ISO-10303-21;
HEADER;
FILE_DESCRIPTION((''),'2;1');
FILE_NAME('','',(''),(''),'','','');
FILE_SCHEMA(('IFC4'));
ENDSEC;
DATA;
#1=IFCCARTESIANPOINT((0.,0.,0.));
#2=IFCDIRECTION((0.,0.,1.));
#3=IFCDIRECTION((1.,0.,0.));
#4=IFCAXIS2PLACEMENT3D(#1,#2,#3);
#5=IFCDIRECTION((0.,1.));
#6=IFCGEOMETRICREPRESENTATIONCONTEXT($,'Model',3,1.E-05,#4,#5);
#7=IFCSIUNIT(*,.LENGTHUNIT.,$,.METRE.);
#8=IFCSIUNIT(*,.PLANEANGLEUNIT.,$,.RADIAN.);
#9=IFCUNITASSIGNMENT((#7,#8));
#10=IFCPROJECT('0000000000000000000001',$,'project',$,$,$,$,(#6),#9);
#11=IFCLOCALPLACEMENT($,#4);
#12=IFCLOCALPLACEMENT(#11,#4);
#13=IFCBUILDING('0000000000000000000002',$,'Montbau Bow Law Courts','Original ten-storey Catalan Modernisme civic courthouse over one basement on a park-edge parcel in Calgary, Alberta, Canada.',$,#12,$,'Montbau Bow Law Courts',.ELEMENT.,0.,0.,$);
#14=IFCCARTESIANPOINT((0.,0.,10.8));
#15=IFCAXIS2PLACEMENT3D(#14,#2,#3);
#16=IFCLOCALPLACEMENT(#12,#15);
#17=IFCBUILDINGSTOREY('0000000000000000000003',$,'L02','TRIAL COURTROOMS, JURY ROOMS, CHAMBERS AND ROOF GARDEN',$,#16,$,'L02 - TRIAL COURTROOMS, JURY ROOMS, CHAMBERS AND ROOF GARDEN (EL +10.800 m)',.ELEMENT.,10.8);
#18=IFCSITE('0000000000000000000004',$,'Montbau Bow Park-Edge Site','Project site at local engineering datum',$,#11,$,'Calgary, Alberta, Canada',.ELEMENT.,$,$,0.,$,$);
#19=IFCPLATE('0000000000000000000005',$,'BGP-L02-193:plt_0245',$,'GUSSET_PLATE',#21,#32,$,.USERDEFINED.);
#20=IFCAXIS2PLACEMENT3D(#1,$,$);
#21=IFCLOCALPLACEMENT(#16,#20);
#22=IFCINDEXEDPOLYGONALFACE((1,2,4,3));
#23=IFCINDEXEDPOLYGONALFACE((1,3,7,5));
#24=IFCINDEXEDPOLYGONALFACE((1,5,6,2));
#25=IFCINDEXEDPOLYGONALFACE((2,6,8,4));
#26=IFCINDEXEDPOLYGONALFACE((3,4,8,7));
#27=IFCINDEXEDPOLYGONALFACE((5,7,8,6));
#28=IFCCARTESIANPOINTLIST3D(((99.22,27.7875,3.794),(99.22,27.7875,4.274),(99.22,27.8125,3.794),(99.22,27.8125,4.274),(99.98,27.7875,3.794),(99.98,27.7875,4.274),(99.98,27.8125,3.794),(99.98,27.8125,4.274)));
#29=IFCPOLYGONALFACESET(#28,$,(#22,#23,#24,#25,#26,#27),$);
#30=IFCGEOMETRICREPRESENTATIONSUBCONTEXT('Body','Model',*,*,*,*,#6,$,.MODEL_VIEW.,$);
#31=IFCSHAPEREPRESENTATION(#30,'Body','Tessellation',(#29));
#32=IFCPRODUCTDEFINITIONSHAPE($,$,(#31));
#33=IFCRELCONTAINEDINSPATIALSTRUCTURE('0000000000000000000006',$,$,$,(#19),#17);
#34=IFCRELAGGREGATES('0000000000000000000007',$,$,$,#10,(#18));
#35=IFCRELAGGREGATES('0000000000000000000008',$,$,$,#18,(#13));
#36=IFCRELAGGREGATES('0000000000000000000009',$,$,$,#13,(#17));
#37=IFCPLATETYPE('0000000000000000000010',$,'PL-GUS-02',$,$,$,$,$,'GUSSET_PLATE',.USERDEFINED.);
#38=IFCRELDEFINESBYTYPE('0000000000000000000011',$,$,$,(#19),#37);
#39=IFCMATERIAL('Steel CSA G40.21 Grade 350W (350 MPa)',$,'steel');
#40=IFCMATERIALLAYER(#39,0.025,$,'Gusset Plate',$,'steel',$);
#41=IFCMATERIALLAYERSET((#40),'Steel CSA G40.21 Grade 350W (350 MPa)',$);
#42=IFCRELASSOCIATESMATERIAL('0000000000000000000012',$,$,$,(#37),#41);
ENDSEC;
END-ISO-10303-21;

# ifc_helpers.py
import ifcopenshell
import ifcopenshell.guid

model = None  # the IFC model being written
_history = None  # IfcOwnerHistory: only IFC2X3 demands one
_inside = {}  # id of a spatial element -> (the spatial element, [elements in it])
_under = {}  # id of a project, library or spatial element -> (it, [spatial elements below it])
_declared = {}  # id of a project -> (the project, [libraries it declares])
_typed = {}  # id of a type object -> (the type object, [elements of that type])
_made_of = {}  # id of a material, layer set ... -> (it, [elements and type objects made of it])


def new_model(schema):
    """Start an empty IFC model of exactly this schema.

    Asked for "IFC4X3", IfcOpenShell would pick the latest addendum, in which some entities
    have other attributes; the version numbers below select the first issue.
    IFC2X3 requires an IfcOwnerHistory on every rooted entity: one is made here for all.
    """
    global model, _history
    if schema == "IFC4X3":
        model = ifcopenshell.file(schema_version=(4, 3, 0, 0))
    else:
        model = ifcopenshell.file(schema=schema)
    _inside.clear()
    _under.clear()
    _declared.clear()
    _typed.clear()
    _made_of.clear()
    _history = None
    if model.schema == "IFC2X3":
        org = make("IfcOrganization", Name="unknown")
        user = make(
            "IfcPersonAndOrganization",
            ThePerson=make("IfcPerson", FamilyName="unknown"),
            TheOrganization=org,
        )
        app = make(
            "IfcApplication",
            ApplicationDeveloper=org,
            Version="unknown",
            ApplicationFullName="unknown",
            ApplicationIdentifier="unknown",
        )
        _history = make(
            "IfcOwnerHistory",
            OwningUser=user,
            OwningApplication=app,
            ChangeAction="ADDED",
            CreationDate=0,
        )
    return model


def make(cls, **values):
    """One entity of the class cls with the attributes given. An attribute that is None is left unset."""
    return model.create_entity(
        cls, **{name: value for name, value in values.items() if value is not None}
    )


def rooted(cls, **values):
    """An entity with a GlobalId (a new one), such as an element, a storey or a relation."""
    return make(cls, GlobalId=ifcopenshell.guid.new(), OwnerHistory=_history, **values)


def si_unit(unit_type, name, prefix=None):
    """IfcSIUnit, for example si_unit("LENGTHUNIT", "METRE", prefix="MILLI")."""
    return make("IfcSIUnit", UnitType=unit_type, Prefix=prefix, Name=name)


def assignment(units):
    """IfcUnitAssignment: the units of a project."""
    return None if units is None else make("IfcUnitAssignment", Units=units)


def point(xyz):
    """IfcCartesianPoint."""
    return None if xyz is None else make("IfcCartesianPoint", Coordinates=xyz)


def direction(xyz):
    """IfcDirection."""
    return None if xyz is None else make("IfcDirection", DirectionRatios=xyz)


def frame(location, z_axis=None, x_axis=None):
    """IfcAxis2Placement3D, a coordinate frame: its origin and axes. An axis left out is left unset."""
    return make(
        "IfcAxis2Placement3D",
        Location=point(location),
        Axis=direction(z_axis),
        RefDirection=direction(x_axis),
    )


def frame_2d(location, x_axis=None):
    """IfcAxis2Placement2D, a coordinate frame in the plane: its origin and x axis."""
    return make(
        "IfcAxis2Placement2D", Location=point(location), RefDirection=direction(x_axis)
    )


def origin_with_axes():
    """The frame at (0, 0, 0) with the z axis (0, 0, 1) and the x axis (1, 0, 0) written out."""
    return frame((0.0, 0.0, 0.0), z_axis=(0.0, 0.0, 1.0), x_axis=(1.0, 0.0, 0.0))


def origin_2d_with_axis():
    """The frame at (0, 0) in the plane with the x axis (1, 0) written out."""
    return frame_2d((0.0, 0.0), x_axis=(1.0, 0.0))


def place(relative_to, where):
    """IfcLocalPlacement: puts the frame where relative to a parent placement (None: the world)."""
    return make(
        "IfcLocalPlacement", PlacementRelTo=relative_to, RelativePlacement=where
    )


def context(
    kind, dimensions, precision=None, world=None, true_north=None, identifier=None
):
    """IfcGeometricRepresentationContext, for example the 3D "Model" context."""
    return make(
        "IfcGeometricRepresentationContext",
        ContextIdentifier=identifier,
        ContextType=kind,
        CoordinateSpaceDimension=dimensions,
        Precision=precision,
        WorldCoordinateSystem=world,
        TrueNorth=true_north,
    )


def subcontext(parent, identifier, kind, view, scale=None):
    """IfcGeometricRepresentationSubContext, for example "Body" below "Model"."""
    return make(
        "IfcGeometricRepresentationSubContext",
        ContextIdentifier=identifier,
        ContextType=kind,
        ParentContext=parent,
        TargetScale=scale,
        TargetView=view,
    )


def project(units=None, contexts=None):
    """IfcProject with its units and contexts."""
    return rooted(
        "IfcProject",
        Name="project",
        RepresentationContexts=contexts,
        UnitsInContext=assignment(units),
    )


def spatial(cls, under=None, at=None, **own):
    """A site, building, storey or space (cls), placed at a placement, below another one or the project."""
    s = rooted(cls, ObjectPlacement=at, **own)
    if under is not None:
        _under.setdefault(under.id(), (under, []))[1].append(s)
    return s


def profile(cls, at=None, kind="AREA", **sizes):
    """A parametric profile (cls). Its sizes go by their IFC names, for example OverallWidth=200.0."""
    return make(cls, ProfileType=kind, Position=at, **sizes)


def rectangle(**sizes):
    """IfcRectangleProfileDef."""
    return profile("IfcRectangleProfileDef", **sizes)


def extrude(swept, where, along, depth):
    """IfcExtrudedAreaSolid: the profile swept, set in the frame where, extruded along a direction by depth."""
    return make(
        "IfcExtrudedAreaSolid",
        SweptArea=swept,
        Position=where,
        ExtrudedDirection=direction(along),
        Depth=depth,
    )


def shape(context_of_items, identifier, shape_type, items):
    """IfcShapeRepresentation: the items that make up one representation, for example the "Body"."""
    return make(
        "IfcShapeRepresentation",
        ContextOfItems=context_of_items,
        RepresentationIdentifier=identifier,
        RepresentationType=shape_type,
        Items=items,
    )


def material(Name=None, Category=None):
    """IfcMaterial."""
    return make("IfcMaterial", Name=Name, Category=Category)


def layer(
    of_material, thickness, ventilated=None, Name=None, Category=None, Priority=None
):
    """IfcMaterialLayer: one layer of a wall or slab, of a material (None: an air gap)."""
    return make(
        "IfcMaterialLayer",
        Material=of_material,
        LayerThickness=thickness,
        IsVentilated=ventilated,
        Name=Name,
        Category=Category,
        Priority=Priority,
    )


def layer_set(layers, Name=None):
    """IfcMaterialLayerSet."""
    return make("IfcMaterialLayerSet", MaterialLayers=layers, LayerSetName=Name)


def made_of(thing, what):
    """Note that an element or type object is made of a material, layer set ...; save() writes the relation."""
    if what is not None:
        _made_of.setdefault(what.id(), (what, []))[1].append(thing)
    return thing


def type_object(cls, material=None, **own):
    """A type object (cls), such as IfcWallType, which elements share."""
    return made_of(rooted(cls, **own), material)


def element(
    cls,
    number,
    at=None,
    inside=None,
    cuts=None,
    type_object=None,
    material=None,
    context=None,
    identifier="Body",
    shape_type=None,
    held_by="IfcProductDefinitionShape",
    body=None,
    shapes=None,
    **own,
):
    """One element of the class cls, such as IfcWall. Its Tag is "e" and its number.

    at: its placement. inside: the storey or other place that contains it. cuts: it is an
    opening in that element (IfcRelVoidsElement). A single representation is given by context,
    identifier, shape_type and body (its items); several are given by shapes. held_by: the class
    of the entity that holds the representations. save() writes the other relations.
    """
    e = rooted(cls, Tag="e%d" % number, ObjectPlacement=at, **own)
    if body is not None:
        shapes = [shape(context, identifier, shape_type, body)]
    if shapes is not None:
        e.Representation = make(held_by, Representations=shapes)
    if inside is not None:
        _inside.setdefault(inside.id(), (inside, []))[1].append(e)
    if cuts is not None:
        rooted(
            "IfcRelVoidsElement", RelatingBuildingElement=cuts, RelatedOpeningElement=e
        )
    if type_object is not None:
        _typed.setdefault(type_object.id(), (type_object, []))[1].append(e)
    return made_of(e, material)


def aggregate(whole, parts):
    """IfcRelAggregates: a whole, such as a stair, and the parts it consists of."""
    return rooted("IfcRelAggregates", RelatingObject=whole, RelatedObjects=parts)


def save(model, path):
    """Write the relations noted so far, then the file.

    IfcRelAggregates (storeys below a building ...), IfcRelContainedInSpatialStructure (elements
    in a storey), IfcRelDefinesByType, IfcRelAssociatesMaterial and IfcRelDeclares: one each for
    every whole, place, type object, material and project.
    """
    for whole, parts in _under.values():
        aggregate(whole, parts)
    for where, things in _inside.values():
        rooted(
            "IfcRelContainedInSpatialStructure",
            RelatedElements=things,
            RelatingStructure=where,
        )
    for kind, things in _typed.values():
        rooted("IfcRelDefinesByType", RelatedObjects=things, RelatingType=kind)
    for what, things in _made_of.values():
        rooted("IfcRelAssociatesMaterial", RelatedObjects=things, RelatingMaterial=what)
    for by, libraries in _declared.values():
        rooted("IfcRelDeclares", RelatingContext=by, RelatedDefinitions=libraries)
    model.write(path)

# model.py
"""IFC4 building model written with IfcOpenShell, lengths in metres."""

from ifc_helpers import new_model, si_unit, direction, frame, origin_with_axes, origin_2d_with_axis, place, context, subcontext, project, spatial, rectangle, extrude, material, layer, layer_set, type_object, element, save


model = new_model("IFC4")

# Units and contexts
model_context = context("Model", 3, precision=1e-05, world=origin_with_axes(), true_north=direction((0.0, 1.0)))
body_context = subcontext(model_context, "Body", "Model", "MODEL_VIEW")
ifc_project = project(units=[si_unit("LENGTHUNIT", "METRE"), si_unit("PLANEANGLEUNIT", "RADIAN")], contexts=[model_context])

# Site, building, storey
site_placement = place(None, origin_with_axes())
site = spatial("IfcSite", under=ifc_project, at=site_placement, Name="Montbau Bow Park-Edge Site", Description="Project site at local engineering datum", LongName="Calgary, Alberta, Canada", CompositionType="ELEMENT", RefElevation=0.0)
building_placement = place(site_placement, origin_with_axes())
building = spatial("IfcBuilding", under=site, at=building_placement, Name="Montbau Bow Law Courts", Description="Original ten-storey Catalan Modernisme civic courthouse over one basement on a park-edge parcel in Calgary, Alberta, Canada.", LongName="Montbau Bow Law Courts", CompositionType="ELEMENT", ElevationOfRefHeight=0.0, ElevationOfTerrain=0.0)
storey_placement = place(building_placement, frame((0.0, 0.0, 10.8), z_axis=(0.0, 0.0, 1.0), x_axis=(1.0, 0.0, 0.0)))
storey = spatial("IfcBuildingStorey", under=building, at=storey_placement, Name="L02", Description="TRIAL COURTROOMS, JURY ROOMS, CHAMBERS AND ROOF GARDEN", LongName="L02 - TRIAL COURTROOMS, JURY ROOMS, CHAMBERS AND ROOF GARDEN (EL +10.800 m)", CompositionType="ELEMENT", Elevation=10.8)

# Shared definitions
ifc_material_1 = material(Name="Steel CSA G40.21 Grade 350W (350 MPa)", Category="steel")

# Plate
ifc_layer = layer(ifc_material_1, 0.025, Name="Gusset Plate", Category="steel")
ifc_layer_set = layer_set([ifc_layer], Name="Steel CSA G40.21 Grade 350W (350 MPa)")
plate_type = type_object("IfcPlateType", Name="PL-GUS-02", ElementType="GUSSET_PLATE", PredefinedType="USERDEFINED", material=ifc_layer_set)
plate_placement = place(None, frame((99.6, 27.8, 14.594), z_axis=(0.0, 0.0, 1.0), x_axis=(1.0, 0.0, 0.0)))
element("IfcPlate", 1, at=plate_placement, inside=storey, type_object=plate_type, Name="BGP-L02-193:plt_0245", ObjectType="GUSSET_PLATE", PredefinedType="USERDEFINED", context=body_context, shape_type="SweptSolid", body=[
    extrude(rectangle(XDim=0.76, YDim=0.025, at=origin_2d_with_axis()), origin_with_axes(), (0.0, 0.0, 1.0), 0.48),
])

save(model, "model.ifc")
